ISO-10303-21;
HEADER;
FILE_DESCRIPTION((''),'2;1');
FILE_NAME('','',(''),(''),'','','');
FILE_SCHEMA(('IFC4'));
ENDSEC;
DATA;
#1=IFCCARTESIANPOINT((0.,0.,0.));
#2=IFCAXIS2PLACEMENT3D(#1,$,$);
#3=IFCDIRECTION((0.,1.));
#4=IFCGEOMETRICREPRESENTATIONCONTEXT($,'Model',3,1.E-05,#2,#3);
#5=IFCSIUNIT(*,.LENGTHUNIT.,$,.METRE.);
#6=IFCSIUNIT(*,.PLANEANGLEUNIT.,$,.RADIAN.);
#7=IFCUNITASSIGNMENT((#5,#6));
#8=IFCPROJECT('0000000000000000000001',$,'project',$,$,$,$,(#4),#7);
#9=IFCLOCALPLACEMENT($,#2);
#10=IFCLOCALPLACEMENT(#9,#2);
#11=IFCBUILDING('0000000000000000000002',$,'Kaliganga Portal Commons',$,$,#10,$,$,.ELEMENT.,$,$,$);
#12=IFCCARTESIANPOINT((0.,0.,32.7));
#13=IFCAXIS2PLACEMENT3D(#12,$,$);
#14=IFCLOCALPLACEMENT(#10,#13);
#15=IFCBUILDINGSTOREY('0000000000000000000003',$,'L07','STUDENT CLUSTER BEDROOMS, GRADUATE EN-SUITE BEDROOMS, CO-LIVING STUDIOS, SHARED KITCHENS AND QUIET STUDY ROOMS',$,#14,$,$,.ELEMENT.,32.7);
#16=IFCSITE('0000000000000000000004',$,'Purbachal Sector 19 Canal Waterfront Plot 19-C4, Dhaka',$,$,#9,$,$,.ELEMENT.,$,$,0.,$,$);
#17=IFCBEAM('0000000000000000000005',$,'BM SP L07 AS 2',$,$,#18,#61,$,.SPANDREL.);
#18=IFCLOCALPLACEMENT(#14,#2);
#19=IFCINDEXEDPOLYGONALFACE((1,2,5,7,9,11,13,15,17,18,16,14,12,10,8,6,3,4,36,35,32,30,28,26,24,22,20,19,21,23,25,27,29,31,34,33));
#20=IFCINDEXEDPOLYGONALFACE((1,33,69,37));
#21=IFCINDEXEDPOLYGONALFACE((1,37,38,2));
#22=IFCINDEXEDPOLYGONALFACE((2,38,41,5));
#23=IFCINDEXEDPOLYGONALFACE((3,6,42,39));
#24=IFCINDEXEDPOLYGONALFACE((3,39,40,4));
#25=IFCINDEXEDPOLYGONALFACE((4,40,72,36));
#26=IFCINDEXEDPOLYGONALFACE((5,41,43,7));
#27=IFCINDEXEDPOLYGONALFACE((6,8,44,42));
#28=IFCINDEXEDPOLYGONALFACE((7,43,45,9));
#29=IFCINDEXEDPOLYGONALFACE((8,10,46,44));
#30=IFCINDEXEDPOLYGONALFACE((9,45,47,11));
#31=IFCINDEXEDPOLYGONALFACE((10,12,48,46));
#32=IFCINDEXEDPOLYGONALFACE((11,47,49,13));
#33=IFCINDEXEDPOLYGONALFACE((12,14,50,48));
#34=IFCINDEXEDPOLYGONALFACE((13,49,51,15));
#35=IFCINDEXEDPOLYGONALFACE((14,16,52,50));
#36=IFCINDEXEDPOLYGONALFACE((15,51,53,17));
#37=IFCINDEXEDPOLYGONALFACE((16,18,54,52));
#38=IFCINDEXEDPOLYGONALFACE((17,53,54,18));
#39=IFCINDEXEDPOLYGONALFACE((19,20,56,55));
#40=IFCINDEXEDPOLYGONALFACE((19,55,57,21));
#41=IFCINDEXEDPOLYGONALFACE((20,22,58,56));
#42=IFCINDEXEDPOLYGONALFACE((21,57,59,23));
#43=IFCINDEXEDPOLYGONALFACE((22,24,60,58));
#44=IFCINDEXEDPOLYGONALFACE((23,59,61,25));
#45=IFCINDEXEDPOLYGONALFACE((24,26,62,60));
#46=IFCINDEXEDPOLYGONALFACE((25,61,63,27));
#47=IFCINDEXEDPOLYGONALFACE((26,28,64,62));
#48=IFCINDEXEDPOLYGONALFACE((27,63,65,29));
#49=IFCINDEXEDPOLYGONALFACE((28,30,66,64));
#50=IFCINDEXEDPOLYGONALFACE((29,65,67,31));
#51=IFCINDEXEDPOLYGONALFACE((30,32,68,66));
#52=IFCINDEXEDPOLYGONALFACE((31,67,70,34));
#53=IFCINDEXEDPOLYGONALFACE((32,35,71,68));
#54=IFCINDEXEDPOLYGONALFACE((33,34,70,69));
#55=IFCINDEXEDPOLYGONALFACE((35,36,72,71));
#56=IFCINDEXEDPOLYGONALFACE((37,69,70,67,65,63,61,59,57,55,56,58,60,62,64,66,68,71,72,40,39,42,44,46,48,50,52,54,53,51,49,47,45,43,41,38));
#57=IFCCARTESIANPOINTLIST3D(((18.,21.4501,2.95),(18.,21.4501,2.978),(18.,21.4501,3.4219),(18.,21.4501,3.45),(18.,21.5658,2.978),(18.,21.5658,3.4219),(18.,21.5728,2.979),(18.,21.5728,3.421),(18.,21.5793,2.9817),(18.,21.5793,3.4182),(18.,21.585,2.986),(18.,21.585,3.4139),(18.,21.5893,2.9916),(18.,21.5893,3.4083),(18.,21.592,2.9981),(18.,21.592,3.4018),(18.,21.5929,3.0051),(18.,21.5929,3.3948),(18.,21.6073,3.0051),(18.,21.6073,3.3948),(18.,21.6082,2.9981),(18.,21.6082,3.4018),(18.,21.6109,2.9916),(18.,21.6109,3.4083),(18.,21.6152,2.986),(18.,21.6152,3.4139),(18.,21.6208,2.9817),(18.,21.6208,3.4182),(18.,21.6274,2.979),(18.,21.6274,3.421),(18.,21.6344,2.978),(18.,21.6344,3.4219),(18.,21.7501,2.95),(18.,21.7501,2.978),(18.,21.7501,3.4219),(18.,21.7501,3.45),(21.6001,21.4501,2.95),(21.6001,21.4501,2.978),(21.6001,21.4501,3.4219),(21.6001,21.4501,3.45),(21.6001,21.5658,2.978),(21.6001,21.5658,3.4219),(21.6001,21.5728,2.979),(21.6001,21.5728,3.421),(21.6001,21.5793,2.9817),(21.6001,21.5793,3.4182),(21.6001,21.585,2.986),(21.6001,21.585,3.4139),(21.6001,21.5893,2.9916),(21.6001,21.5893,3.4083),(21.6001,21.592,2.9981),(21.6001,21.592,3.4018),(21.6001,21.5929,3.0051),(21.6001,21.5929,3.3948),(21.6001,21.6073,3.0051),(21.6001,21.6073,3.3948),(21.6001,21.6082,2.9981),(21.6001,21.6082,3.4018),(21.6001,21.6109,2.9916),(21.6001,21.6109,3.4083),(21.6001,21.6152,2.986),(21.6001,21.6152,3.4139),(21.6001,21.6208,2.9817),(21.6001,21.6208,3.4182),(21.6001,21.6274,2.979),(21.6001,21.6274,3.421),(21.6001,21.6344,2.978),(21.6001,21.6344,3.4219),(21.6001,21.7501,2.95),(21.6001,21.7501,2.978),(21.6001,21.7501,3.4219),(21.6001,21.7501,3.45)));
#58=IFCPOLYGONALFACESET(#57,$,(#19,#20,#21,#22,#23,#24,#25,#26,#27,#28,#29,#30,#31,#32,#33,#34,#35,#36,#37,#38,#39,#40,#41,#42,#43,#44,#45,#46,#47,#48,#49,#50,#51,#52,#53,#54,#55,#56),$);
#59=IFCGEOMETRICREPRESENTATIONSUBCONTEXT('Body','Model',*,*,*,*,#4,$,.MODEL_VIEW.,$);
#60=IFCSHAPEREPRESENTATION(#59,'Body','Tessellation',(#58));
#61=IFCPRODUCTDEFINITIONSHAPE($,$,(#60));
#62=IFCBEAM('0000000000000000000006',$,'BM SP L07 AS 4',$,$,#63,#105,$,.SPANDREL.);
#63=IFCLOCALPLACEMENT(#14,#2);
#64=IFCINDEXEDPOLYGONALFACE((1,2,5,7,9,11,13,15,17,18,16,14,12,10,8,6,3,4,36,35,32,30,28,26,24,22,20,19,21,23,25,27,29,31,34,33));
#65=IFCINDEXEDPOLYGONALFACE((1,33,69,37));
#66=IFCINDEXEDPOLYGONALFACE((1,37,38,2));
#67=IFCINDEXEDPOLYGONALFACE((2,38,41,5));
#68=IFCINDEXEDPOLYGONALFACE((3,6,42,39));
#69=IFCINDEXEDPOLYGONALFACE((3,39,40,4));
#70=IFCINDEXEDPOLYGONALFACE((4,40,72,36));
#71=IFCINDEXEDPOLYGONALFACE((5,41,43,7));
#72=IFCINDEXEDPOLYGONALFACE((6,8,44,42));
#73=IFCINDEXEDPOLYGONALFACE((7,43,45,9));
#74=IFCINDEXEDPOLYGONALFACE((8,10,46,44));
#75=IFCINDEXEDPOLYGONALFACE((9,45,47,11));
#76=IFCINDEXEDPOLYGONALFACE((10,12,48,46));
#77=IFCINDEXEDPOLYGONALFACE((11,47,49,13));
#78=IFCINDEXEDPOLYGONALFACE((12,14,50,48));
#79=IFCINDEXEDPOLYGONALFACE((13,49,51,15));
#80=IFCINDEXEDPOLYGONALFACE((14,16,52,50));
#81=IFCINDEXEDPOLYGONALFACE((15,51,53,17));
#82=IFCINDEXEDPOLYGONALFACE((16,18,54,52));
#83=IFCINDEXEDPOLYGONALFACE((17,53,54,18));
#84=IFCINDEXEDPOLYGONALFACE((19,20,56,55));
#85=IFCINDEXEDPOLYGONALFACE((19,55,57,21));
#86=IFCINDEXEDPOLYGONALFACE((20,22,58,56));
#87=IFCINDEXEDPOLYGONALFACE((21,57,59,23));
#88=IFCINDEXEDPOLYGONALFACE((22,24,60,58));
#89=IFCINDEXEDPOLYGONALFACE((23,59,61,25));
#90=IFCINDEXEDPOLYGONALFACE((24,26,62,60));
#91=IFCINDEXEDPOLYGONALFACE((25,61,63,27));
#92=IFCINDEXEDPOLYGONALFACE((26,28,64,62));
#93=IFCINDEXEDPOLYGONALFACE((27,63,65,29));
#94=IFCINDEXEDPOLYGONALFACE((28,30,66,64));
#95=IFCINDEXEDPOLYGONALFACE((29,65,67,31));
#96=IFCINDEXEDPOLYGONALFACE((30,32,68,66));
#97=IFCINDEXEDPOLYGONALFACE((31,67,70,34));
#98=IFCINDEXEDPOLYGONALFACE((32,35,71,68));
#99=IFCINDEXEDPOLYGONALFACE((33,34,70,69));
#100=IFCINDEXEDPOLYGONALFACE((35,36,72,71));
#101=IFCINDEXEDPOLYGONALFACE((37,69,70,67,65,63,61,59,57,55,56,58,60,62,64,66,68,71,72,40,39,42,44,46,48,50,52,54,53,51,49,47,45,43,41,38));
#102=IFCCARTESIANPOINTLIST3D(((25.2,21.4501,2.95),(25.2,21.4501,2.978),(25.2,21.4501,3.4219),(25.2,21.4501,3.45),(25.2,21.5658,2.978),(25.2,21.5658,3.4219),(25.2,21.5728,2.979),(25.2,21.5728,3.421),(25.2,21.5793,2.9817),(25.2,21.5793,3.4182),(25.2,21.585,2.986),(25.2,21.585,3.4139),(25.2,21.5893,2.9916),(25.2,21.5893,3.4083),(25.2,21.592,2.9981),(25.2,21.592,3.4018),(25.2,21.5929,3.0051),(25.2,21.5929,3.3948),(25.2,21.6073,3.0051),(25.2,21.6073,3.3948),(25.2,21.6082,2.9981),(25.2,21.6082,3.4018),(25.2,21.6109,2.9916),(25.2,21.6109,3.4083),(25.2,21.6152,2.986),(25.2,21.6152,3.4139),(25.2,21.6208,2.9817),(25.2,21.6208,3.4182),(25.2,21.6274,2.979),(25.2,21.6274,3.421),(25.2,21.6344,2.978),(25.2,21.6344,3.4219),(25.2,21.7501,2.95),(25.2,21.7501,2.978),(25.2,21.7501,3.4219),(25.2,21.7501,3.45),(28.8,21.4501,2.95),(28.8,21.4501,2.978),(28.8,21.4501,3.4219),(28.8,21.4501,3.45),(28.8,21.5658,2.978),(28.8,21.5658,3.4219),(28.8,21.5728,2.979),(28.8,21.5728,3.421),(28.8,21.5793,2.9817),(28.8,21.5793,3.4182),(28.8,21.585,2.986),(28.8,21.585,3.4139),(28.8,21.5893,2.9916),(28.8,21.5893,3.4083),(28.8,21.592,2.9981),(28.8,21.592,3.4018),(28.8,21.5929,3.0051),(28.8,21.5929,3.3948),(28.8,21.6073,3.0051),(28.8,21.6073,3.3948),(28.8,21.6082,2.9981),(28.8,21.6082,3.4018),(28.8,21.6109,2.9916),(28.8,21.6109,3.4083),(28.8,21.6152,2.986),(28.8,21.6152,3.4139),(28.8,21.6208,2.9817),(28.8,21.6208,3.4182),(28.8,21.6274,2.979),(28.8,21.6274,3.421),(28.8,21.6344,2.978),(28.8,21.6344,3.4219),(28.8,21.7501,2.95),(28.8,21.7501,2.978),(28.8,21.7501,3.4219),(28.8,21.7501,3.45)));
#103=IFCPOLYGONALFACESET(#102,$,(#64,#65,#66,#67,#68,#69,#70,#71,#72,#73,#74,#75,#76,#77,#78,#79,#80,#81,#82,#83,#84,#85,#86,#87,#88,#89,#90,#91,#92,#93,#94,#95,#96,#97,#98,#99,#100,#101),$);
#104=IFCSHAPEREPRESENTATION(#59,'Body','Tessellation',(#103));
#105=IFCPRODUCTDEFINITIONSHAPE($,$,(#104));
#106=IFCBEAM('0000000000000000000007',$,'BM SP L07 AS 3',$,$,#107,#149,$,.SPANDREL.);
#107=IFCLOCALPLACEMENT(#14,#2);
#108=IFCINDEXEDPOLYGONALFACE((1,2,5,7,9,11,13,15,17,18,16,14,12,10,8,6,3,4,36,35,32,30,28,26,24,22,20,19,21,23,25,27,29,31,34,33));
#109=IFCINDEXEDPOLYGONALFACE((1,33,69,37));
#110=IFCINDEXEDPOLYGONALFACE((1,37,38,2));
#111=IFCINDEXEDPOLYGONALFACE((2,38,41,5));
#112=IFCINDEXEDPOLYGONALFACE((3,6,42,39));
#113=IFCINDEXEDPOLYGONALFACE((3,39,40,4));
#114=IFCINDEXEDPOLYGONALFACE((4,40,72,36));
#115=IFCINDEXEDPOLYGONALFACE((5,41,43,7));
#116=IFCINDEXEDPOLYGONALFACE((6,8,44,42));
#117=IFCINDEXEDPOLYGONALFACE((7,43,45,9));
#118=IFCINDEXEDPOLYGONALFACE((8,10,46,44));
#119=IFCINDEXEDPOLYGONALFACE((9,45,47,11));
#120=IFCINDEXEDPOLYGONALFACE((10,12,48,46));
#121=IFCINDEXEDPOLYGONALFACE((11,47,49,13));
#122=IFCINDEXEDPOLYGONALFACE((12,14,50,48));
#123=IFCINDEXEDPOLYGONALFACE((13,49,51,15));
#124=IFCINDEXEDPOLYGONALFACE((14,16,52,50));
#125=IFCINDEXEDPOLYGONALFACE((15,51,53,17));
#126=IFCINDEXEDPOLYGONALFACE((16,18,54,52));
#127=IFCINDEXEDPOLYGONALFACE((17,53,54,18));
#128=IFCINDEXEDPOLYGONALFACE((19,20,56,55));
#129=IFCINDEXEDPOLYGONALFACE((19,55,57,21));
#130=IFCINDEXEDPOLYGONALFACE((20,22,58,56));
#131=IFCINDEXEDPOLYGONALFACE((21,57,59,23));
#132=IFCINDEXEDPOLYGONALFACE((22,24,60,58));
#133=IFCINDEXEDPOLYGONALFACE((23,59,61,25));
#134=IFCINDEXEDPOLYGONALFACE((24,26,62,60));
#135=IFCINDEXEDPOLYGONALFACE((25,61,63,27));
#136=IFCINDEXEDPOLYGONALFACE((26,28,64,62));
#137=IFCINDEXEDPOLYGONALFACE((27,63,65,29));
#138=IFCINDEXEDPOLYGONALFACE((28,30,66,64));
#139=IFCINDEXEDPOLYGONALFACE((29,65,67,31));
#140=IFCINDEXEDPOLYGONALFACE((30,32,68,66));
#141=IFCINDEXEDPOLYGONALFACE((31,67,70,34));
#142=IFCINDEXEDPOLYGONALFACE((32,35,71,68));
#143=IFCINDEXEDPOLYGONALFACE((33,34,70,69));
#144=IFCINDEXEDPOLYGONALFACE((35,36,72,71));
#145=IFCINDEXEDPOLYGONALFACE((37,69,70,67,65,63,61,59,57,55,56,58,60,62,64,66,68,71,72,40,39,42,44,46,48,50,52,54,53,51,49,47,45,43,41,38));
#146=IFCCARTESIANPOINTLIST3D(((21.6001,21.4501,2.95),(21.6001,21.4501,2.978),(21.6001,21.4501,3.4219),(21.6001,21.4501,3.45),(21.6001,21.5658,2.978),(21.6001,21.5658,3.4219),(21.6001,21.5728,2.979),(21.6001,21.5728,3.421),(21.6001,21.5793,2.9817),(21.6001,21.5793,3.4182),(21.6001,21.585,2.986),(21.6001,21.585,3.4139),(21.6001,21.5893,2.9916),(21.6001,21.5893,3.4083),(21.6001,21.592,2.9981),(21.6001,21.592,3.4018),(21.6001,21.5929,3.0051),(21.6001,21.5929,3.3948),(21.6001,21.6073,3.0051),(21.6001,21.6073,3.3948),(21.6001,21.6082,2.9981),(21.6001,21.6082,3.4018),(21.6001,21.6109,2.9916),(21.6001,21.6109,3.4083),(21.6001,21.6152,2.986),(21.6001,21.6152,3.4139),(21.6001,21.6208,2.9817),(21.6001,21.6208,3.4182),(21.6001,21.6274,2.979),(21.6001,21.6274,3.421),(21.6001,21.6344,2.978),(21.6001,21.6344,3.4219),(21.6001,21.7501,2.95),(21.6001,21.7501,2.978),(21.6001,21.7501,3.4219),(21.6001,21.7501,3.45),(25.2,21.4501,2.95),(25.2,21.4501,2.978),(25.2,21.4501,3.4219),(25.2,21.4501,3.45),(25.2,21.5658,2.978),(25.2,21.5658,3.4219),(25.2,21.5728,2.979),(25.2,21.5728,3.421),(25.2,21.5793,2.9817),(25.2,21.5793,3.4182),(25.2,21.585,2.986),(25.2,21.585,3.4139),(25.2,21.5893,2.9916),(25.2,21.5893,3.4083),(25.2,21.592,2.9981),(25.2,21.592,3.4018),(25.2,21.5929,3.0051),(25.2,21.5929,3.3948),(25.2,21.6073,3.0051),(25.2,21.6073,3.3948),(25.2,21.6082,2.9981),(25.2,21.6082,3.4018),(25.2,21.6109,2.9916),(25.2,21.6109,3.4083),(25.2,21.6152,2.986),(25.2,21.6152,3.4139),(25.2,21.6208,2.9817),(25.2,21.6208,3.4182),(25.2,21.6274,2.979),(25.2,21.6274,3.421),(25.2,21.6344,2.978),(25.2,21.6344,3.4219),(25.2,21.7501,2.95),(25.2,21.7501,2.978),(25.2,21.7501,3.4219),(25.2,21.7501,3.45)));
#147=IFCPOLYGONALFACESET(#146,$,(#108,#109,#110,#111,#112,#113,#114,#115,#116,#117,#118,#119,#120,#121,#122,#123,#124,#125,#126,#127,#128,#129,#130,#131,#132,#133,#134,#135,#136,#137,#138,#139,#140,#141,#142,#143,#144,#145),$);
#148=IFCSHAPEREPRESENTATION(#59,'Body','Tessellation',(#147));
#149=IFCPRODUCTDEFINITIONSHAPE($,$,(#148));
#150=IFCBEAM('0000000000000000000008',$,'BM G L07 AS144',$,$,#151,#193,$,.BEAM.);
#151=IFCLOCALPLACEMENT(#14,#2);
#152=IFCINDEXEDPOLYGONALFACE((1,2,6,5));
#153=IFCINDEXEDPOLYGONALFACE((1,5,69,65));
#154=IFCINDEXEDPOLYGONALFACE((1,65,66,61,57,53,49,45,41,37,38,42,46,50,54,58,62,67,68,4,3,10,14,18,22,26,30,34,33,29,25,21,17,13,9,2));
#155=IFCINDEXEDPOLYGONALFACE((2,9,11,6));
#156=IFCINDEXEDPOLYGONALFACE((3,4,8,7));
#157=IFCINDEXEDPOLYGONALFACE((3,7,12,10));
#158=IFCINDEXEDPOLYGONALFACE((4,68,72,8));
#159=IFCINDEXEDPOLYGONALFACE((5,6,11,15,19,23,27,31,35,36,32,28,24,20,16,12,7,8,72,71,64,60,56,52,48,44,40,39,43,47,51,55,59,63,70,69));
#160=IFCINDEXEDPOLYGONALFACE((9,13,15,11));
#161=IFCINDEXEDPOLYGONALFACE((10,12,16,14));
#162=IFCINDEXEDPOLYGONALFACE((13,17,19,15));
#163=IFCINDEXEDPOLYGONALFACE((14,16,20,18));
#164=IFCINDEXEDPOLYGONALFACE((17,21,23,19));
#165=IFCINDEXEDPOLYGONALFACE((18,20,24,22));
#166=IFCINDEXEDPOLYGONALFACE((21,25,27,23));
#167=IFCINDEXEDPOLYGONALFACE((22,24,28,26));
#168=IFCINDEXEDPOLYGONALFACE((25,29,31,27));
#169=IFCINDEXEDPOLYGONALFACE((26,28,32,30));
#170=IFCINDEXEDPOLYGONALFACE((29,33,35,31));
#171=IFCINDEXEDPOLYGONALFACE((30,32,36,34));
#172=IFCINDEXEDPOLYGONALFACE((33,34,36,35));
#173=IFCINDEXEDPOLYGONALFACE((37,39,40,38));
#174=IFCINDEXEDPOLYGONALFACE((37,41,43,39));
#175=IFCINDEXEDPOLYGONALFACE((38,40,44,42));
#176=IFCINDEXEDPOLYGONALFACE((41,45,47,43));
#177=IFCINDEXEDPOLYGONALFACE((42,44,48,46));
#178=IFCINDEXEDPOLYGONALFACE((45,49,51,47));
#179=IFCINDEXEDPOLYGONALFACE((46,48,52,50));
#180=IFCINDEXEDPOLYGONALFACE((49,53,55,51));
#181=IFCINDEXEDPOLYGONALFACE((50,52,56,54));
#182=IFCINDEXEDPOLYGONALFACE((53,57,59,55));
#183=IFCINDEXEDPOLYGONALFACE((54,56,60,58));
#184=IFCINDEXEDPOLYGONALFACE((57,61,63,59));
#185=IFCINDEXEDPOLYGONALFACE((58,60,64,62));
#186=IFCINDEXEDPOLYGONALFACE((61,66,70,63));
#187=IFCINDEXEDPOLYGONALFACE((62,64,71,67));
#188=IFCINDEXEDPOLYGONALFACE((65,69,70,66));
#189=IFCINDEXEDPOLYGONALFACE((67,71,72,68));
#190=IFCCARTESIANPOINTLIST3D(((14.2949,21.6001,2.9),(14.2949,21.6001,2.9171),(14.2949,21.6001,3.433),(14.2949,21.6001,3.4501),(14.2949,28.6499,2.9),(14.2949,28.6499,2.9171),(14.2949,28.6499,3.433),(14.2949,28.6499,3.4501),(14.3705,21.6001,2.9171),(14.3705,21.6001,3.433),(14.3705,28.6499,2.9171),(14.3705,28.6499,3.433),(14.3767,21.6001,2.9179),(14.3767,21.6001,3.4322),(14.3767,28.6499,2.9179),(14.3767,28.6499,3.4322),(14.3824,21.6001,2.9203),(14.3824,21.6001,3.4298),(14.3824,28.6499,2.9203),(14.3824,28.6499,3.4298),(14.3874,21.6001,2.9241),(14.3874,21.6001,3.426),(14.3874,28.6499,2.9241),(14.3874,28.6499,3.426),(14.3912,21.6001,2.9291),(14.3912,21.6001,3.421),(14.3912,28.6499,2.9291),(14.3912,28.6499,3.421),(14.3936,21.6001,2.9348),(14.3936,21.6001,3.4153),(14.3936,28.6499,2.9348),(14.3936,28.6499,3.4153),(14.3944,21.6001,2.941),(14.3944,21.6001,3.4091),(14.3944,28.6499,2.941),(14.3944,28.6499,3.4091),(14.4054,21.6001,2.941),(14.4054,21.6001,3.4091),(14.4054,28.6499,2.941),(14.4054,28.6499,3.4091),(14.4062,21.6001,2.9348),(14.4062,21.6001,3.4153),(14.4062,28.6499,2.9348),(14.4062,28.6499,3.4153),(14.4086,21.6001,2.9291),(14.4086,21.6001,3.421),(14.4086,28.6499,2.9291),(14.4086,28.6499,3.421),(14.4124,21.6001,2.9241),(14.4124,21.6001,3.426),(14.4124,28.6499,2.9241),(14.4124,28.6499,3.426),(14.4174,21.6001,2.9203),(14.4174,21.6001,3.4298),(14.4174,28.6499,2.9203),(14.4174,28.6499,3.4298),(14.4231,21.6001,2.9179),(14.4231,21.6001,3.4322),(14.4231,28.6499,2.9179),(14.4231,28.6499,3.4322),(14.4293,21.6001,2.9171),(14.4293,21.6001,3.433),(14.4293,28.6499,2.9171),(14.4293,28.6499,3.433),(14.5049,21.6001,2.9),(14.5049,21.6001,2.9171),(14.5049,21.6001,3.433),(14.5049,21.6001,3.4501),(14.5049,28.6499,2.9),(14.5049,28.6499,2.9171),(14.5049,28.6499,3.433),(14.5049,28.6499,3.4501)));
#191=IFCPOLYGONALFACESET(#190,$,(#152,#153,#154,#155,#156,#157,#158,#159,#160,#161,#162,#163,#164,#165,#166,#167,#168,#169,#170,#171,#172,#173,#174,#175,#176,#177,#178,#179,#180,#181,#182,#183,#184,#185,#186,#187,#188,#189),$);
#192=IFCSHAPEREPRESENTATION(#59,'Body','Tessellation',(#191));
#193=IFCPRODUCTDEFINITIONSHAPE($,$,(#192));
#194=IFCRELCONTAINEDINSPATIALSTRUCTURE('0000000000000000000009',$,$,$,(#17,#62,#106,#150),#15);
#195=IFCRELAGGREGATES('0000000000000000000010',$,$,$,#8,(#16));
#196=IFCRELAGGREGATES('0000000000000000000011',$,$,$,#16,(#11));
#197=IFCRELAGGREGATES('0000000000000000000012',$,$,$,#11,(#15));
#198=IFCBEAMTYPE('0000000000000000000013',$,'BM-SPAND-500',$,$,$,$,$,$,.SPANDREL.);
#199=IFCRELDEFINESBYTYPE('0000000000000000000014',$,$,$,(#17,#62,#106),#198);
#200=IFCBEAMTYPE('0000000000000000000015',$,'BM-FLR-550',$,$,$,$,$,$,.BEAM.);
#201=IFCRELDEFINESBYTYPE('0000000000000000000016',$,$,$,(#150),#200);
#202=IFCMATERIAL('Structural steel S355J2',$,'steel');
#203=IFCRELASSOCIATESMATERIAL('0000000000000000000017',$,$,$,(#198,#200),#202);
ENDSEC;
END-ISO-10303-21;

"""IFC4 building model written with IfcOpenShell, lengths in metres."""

from ifc_helpers import new_model, si_unit, direction, frame, origin, origin_2d, place, context, subcontext, project, spatial, i_section, extrude, source, transform, mapped, material, material_profile, profile_set, type_object, element, save


model = new_model("IFC4")

# Units and contexts
model_context = context("Model", 3, precision=1e-05, world=origin(), true_north=direction((0.0, 1.0)))
body_context = subcontext(model_context, "Body", "Model", "MODEL_VIEW")
ifc_project = project(units=[si_unit("LENGTHUNIT", "METRE"), si_unit("PLANEANGLEUNIT", "RADIAN")], contexts=[model_context])

# Site, building, storey
site_placement = place(None, origin())
site = spatial("IfcSite", under=ifc_project, at=site_placement, Name="Purbachal Sector 19 Canal Waterfront Plot 19-C4, Dhaka", CompositionType="ELEMENT", RefElevation=0.0)
building_placement = place(site_placement, origin())
building = spatial("IfcBuilding", under=site, at=building_placement, Name="Kaliganga Portal Commons", CompositionType="ELEMENT")
storey_placement = place(building_placement, frame((0.0, 0.0, 32.7)))
storey = spatial("IfcBuildingStorey", under=building, at=storey_placement, Name="L07", Description="STUDENT CLUSTER BEDROOMS, GRADUATE EN-SUITE BEDROOMS, CO-LIVING STUDIOS, SHARED KITCHENS AND QUIET STUDY ROOMS", CompositionType="ELEMENT", Elevation=32.7)

# Beams
ifc_material_1 = material(Name="Structural steel S355J2", Category="steel")
ifc_material_profile_1 = material_profile(ifc_material_1, i_section(OverallWidth=0.3, OverallDepth=0.5, WebThickness=0.0144, FlangeThickness=0.0281, FilletRadius=0.0271, at=origin_2d()), Name="HE 500 B")
ifc_profile_set_1 = profile_set([ifc_material_profile_1], Name="Structural steel S355J2 wide-flange")
beam_type_1 = type_object("IfcBeamType", Name="BM-SPAND-500", PredefinedType="SPANDREL", material=ifc_profile_set_1)
shared_shape_1 = source(origin(), body_context, "Body", "SweptSolid", [
    extrude(i_section(OverallWidth=0.3, OverallDepth=0.5, WebThickness=0.0144, FlangeThickness=0.0281, FilletRadius=0.0271, at=origin_2d()), origin(), (0.0, 0.0, 1.0), 3.6001),
])
for number, where, z_axis, x_axis, name in (
    (1, (18.0, 21.6001, 3.2), (1.0, 0.0, 0.0), (0.0, 1.0, 0.0), "BM SP L07 AS 2"),
    (2, (25.2, 21.6001, 3.2), (1.0, 0.0, 0.0), (0.0, 1.0, 0.0), "BM SP L07 AS 4"),
):
    element("IfcBeam", number, at=place(storey_placement, frame(where, z_axis=z_axis, x_axis=x_axis)), inside=storey, type_object=beam_type_1, Name=name, PredefinedType="SPANDREL", context=body_context, shape_type="MappedRepresentation", body=[
        mapped(shared_shape_1, transform((0.0, 0.0, 0.0), x_axis=(1.0, 0.0, 0.0), y_axis=(0.0, 1.0, 0.0), z_axis=(0.0, 0.0, 1.0), scale=1.0)),
    ])
shared_shape_2 = source(origin(), body_context, "Body", "SweptSolid", [
    extrude(i_section(OverallWidth=0.3, OverallDepth=0.5, WebThickness=0.0144, FlangeThickness=0.0281, FilletRadius=0.0271, at=origin_2d()), origin(), (0.0, 0.0, 1.0), 3.5999),
])
beam_1_placement = place(storey_placement, frame((21.6001, 21.6001, 3.2), z_axis=(1.0, 0.0, 0.0), x_axis=(0.0, 1.0, 0.0)))
element("IfcBeam", 3, at=beam_1_placement, inside=storey, type_object=beam_type_1, Name="BM SP L07 AS 3", PredefinedType="SPANDREL", context=body_context, shape_type="MappedRepresentation", body=[
    mapped(shared_shape_2, transform((0.0, 0.0, 0.0), x_axis=(1.0, 0.0, 0.0), y_axis=(0.0, 1.0, 0.0), z_axis=(0.0, 0.0, 1.0), scale=1.0)),
])
ifc_material_profile_2 = material_profile(ifc_material_1, i_section(OverallWidth=0.21, OverallDepth=0.55, WebThickness=0.011, FlangeThickness=0.0171, FilletRadius=0.0239, at=origin_2d()), Name="IPE 550")
ifc_profile_set_2 = profile_set([ifc_material_profile_2], Name="Structural steel S355J2 wide-flange")
beam_type_2 = type_object("IfcBeamType", Name="BM-FLR-550", PredefinedType="BEAM", material=ifc_profile_set_2)
shared_shape_3 = source(origin(), body_context, "Body", "SweptSolid", [
    extrude(i_section(OverallWidth=0.21, OverallDepth=0.55, WebThickness=0.011, FlangeThickness=0.0171, FilletRadius=0.0239, at=origin_2d()), origin(), (0.0, 0.0, 1.0), 7.0498),
])
beam_2_placement = place(storey_placement, frame((14.3999, 21.6001, 3.175), z_axis=(0.0, 1.0, 0.0), x_axis=(-1.0, 0.0, 0.0)))
element("IfcBeam", 4, at=beam_2_placement, inside=storey, type_object=beam_type_2, Name="BM G L07 AS144", PredefinedType="BEAM", context=body_context, shape_type="MappedRepresentation", body=[
    mapped(shared_shape_3, transform((0.0, 0.0, 0.0), x_axis=(1.0, 0.0, 0.0), y_axis=(0.0, 1.0, 0.0), z_axis=(0.0, 0.0, 1.0), scale=1.0)),
])

save(model, "model.ifc")
